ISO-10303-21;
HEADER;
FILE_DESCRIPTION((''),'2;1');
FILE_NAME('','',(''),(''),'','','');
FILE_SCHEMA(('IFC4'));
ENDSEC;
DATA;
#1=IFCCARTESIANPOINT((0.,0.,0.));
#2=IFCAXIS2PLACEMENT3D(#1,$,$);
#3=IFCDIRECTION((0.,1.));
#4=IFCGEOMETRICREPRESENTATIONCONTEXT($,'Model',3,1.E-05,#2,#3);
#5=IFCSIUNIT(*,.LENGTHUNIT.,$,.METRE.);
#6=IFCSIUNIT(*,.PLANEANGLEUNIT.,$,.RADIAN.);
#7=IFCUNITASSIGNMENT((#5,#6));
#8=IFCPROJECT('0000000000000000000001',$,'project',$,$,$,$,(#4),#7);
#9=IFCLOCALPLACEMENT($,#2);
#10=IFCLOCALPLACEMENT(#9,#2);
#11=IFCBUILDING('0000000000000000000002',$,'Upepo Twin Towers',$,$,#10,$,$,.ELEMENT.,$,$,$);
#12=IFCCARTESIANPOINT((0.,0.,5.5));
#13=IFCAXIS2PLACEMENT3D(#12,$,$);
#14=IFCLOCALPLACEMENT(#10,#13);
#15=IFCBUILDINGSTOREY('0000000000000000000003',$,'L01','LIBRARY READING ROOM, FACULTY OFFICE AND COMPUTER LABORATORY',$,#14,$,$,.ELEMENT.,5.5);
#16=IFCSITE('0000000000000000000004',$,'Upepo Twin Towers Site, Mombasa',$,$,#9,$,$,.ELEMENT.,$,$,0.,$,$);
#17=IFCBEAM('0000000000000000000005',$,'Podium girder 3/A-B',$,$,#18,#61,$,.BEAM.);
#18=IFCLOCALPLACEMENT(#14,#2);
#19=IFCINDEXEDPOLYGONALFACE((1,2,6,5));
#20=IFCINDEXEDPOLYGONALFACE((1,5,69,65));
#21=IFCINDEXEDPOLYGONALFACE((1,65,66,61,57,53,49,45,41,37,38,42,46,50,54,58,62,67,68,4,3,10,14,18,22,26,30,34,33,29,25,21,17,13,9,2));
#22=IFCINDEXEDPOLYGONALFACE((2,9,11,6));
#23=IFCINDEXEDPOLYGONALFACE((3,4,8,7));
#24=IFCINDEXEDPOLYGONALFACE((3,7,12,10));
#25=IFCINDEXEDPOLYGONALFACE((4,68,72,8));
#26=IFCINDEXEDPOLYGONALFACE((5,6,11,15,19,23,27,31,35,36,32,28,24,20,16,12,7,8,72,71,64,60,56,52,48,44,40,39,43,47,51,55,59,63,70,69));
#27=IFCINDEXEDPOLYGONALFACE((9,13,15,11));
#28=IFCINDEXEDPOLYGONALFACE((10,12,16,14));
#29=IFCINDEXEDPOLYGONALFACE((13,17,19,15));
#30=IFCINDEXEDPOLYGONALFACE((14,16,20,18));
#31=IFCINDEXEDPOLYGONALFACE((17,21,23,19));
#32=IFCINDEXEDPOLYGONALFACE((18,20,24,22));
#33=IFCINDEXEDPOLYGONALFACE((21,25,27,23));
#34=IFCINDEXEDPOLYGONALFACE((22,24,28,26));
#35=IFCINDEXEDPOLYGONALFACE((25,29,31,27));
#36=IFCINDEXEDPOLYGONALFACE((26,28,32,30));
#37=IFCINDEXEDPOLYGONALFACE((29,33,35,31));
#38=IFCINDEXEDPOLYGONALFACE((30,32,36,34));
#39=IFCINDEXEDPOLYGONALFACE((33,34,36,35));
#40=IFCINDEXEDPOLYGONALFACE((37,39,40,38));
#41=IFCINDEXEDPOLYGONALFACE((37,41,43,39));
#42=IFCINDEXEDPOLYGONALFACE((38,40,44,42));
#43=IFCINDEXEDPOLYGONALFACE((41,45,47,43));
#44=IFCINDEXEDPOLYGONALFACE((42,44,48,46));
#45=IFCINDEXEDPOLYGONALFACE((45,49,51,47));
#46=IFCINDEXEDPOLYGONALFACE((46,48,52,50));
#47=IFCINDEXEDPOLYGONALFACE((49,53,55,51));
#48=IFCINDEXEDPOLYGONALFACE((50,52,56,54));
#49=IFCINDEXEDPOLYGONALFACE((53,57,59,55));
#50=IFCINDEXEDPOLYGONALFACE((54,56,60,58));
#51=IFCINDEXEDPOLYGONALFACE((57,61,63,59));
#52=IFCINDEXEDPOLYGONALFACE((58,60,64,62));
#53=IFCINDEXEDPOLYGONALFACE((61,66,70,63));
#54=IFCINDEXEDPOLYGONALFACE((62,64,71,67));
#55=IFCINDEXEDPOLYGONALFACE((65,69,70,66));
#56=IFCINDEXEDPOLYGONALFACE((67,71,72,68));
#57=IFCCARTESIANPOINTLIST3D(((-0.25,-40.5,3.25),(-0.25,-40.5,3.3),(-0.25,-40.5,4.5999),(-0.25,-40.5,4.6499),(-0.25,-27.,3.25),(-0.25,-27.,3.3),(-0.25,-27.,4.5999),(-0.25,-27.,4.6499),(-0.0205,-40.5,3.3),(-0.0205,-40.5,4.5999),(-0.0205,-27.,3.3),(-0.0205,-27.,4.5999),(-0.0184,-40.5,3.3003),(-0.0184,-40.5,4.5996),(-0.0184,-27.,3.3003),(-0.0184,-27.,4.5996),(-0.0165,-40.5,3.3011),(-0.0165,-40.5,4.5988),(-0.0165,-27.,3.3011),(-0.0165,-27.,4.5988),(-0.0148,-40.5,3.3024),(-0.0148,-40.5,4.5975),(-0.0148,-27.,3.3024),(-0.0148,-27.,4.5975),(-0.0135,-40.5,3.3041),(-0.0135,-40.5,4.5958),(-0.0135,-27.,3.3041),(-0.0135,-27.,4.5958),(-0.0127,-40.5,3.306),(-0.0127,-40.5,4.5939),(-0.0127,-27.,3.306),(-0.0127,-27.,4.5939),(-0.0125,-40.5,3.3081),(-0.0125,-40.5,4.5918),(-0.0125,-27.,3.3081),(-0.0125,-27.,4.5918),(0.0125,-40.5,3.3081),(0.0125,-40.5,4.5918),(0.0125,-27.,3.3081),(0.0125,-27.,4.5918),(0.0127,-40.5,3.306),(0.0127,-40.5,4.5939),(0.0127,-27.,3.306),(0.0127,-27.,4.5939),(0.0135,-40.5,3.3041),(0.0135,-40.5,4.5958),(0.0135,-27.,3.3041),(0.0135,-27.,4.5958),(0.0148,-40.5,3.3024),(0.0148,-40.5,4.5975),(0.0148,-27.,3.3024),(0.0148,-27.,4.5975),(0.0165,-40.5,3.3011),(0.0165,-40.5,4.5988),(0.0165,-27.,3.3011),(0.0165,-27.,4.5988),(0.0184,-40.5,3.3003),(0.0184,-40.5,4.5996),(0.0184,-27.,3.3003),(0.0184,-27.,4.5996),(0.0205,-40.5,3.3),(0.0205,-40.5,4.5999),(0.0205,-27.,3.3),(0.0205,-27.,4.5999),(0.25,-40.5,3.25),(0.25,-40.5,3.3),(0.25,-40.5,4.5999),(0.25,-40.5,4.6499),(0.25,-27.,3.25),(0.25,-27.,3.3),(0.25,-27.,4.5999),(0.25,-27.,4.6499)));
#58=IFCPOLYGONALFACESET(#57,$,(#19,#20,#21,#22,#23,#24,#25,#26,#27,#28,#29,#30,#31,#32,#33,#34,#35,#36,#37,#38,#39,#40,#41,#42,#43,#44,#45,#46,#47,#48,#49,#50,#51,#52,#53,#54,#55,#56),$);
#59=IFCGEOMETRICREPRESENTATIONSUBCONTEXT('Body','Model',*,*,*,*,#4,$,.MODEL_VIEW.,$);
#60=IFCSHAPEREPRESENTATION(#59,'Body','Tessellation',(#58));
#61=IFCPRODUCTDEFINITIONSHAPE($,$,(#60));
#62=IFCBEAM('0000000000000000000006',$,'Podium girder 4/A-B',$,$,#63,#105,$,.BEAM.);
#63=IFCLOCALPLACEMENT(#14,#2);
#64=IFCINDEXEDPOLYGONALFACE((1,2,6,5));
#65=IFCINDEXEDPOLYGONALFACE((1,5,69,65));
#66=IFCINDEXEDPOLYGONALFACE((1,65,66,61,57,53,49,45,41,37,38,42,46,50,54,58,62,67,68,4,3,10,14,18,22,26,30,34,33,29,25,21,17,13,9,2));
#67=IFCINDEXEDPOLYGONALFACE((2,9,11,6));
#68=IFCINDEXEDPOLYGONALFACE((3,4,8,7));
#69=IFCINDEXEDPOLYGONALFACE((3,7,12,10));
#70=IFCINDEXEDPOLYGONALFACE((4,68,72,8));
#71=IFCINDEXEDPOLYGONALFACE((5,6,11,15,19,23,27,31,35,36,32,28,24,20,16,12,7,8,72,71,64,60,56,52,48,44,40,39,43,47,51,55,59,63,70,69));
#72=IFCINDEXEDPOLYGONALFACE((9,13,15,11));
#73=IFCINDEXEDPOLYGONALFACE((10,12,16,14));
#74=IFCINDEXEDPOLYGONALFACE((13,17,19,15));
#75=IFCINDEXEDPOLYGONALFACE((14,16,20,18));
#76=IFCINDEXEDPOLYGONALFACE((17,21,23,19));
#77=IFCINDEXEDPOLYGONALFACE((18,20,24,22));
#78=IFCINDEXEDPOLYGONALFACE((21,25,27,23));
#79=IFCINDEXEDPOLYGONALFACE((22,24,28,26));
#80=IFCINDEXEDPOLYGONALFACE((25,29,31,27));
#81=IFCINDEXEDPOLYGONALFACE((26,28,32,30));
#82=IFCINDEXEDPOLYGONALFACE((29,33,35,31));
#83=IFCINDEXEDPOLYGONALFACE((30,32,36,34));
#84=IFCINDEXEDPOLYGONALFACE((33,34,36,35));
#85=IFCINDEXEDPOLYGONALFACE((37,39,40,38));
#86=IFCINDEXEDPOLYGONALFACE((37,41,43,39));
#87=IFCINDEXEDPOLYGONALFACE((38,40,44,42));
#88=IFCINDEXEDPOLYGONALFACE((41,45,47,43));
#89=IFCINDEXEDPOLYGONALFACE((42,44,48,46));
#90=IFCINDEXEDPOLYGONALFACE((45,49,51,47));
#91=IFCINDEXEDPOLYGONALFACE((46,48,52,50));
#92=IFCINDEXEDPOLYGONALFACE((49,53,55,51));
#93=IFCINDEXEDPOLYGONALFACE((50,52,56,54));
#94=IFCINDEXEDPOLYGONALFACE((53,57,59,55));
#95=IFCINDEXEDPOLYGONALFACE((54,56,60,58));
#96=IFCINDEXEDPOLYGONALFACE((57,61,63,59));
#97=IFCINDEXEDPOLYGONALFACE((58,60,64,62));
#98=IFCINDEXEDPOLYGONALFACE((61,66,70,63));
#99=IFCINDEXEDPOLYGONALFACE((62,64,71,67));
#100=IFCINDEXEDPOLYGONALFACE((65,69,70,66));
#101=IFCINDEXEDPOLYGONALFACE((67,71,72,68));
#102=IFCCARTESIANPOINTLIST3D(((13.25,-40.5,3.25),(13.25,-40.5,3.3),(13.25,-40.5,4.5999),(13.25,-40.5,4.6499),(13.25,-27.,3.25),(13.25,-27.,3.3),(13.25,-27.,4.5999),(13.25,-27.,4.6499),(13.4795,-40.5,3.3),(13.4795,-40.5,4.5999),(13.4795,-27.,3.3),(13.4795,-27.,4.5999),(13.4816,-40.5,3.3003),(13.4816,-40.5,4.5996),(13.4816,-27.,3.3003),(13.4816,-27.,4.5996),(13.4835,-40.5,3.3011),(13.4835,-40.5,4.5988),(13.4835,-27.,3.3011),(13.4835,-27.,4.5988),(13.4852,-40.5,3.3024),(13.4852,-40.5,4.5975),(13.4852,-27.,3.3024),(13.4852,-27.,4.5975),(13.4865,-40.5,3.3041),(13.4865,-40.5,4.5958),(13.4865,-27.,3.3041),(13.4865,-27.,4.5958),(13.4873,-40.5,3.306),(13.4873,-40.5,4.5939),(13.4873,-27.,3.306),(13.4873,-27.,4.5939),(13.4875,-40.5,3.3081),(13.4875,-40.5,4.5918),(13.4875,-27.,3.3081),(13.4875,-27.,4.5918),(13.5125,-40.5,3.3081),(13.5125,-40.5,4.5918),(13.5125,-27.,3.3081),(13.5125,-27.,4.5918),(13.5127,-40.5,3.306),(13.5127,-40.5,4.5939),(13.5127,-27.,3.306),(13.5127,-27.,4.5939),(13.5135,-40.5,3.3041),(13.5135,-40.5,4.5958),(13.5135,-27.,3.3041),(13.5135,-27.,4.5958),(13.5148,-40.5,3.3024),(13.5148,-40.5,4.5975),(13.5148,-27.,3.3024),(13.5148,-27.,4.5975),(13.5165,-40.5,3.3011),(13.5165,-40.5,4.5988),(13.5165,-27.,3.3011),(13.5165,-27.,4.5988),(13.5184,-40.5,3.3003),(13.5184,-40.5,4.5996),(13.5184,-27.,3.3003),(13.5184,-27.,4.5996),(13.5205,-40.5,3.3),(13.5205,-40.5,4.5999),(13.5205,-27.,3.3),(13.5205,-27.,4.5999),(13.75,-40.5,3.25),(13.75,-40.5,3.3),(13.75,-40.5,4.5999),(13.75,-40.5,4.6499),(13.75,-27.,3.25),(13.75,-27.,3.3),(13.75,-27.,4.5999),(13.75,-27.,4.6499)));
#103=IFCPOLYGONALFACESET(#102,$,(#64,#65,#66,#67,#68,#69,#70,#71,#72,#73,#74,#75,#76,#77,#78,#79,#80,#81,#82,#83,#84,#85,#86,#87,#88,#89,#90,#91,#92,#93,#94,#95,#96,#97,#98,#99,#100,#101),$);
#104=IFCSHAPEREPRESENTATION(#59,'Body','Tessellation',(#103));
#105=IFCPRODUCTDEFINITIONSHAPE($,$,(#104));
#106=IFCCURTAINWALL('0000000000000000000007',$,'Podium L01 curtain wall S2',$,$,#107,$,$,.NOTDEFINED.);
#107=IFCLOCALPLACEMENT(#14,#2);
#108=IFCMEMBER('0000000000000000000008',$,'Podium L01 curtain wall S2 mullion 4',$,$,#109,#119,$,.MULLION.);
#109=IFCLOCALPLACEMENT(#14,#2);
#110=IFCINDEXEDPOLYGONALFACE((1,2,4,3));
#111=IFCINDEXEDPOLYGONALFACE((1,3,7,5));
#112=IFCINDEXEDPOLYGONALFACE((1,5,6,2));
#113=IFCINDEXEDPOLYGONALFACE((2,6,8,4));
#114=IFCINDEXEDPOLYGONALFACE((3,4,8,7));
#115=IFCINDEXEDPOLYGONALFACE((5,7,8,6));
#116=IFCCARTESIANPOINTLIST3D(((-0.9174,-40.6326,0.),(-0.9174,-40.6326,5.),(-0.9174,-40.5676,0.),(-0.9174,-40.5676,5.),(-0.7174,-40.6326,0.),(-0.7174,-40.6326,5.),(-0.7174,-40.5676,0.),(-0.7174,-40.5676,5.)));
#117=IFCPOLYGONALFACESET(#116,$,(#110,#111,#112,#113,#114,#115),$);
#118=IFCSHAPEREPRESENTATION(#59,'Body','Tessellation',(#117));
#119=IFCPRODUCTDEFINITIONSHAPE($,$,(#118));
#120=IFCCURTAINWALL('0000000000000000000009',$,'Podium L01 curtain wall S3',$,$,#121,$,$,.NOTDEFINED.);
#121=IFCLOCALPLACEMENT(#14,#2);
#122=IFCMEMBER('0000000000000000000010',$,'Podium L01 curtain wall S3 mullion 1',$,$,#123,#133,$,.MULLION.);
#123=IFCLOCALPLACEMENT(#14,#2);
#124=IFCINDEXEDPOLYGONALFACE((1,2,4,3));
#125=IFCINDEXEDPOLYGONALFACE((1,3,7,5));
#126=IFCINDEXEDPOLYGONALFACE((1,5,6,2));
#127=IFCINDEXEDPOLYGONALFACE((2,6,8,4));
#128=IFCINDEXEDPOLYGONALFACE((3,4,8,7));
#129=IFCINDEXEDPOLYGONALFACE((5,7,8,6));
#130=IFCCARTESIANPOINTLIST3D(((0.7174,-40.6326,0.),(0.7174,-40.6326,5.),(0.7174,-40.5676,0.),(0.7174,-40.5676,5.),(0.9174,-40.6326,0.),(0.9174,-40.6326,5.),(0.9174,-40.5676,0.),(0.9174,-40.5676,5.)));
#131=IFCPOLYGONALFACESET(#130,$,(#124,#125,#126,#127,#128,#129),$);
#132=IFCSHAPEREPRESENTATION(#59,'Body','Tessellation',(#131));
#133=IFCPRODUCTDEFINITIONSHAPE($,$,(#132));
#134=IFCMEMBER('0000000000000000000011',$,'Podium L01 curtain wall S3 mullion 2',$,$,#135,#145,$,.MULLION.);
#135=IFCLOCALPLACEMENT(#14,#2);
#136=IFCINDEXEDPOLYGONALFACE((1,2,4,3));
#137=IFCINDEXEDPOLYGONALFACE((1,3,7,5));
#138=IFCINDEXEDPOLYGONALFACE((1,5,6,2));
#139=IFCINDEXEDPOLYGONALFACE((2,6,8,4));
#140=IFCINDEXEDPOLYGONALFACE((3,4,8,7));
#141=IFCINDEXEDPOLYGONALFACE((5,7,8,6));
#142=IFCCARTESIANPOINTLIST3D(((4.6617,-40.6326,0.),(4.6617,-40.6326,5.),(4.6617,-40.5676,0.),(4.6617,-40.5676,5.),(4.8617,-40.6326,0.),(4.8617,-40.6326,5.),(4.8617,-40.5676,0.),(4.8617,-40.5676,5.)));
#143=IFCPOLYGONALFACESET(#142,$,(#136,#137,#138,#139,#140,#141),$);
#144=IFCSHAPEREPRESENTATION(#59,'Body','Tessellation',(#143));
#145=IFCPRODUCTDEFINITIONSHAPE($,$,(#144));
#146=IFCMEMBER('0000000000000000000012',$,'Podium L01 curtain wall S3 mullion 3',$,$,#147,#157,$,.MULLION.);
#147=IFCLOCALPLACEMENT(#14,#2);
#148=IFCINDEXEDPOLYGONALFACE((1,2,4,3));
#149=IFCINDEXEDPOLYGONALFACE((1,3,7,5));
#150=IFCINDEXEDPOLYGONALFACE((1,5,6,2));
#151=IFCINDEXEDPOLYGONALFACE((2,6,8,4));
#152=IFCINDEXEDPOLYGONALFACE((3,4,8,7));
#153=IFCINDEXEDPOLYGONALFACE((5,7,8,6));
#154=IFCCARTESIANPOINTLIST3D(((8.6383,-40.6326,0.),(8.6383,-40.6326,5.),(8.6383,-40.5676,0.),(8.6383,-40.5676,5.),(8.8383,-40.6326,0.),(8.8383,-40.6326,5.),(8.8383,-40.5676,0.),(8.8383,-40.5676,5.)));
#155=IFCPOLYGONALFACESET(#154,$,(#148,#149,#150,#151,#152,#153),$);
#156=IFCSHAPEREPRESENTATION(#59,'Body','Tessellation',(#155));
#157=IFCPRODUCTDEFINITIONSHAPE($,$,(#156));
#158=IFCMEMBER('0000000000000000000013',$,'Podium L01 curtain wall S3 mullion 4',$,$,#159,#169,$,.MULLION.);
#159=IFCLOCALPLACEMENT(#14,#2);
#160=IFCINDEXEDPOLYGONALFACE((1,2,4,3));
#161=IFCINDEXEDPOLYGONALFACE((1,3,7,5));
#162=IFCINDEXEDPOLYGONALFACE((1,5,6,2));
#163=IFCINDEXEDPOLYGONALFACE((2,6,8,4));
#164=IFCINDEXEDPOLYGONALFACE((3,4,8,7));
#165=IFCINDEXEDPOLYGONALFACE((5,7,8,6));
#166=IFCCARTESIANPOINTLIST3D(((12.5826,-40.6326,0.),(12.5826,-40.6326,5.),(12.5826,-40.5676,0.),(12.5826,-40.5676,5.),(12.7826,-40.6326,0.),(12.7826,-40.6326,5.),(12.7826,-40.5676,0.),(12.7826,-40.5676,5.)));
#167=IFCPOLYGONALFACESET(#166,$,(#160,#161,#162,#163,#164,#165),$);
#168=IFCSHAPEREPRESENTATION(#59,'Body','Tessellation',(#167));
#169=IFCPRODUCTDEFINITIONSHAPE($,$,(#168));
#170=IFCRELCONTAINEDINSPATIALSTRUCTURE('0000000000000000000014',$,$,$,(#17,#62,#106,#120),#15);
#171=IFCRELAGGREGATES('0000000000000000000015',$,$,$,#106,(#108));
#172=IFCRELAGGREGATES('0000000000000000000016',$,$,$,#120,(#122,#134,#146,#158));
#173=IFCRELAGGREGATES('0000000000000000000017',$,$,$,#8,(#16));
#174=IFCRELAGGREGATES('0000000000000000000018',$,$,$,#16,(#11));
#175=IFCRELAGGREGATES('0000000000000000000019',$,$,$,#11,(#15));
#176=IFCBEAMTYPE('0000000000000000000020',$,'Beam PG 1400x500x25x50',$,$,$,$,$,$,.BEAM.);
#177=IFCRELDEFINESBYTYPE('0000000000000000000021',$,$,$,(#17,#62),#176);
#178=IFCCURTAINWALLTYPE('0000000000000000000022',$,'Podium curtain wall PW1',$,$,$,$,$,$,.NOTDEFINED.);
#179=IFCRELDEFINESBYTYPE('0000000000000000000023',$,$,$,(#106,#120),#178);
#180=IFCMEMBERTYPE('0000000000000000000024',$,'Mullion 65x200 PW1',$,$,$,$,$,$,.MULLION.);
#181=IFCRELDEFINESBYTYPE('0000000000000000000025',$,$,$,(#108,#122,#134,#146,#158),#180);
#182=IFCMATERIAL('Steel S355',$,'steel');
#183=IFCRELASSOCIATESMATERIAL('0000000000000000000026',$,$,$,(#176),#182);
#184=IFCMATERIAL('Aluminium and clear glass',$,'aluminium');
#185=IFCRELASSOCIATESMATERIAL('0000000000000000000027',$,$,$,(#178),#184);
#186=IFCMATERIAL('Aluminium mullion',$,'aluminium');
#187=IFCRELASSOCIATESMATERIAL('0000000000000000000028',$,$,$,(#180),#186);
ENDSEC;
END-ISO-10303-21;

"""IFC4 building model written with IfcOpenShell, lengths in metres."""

from ifc_helpers import new_model, si_unit, direction, frame, origin, origin_2d, place, context, subcontext, project, spatial, rectangle, i_section, extrude, material, material_profile, profile_set, type_object, element, aggregate, save


model = new_model("IFC4")

# Units and contexts
model_context = context("Model", 3, precision=1e-05, world=origin(), true_north=direction((0.0, 1.0)))
body_context = subcontext(model_context, "Body", "Model", "MODEL_VIEW")
ifc_project = project(units=[si_unit("LENGTHUNIT", "METRE"), si_unit("PLANEANGLEUNIT", "RADIAN")], contexts=[model_context])

# Site, building, storey
site_placement = place(None, origin())
site = spatial("IfcSite", under=ifc_project, at=site_placement, Name="Upepo Twin Towers Site, Mombasa", CompositionType="ELEMENT", RefElevation=0.0)
building_placement = place(site_placement, origin())
building = spatial("IfcBuilding", under=site, at=building_placement, Name="Upepo Twin Towers", CompositionType="ELEMENT")
storey_placement = place(building_placement, frame((0.0, 0.0, 5.5)))
storey = spatial("IfcBuildingStorey", under=building, at=storey_placement, Name="L01", Description="LIBRARY READING ROOM, FACULTY OFFICE AND COMPUTER LABORATORY", CompositionType="ELEMENT", Elevation=5.5)

# Beams
ifc_material_1 = material(Name="Steel S355", Category="steel")
ifc_material_profile_1 = material_profile(ifc_material_1, i_section(OverallWidth=0.5, OverallDepth=1.3999, WebThickness=0.0249, FlangeThickness=0.05, FilletRadius=0.0081, at=origin_2d()), Name="PG 1400x500x25x50")
ifc_profile_set_1 = profile_set([ifc_material_profile_1], Name="Steel S355")
beam_type_1 = type_object("IfcBeamType", Name="Beam PG 1400x500x25x50", PredefinedType="BEAM", material=ifc_profile_set_1)
for number, where, z_axis, x_axis, name in (
    (1, (0.0, -40.5, 3.95), (0.0, 1.0, 0.0), (-1.0, 0.0, 0.0), "Podium girder 3/A-B"),
    (2, (13.5, -40.5, 3.95), (0.0, 1.0, 0.0), (-1.0, 0.0, 0.0), "Podium girder 4/A-B"),
):
    element("IfcBeam", number, at=place(storey_placement, frame(where, z_axis=z_axis, x_axis=x_axis)), inside=storey, type_object=beam_type_1, Name=name, PredefinedType="BEAM", context=body_context, shape_type="SweptSolid", body=[
        extrude(i_section(OverallWidth=0.5, OverallDepth=1.3999, WebThickness=0.0249, FlangeThickness=0.05, FilletRadius=0.0081, at=origin_2d()), origin(), (0.0, 0.0, 1.0), 13.5),
    ])

# Curtain wall, member
ifc_material_2 = material(Name="Aluminium and clear glass", Category="aluminium")
curtain_wall_type = type_object("IfcCurtainWallType", Name="Podium curtain wall PW1", PredefinedType="NOTDEFINED", material=ifc_material_2)
curtain_wall_1_placement = place(storey_placement, origin())
curtain_wall_1 = element("IfcCurtainWall", 3, at=curtain_wall_1_placement, inside=storey, type_object=curtain_wall_type, Name="Podium L01 curtain wall S2", PredefinedType="NOTDEFINED")
ifc_material_3 = material(Name="Aluminium mullion", Category="aluminium")
ifc_material_profile_2 = material_profile(ifc_material_3, rectangle(XDim=0.0649, YDim=0.2, at=origin_2d()), Name="MULLION 65x200 PODIUM")
ifc_profile_set_2 = profile_set([ifc_material_profile_2], Name="Aluminium mullion")
member_type_1 = type_object("IfcMemberType", Name="Mullion 65x200 PW1", PredefinedType="MULLION", material=ifc_profile_set_2)
member_1_placement = place(storey_placement, frame((-0.8174, -40.6001, 0.0), z_axis=(0.0, 0.0, 1.0), x_axis=(0.0, 1.0, 0.0)))
member_1 = element("IfcMember", 4, at=member_1_placement, type_object=member_type_1, Name="Podium L01 curtain wall S2 mullion 4", PredefinedType="MULLION", context=body_context, shape_type="SweptSolid", body=[
    extrude(rectangle(XDim=0.0649, YDim=0.2, at=origin_2d()), origin(), (0.0, 0.0, 1.0), 5.0),
])

# Curtain wall, members
curtain_wall_2_placement = place(storey_placement, origin())
curtain_wall_2 = element("IfcCurtainWall", 5, at=curtain_wall_2_placement, inside=storey, type_object=curtain_wall_type, Name="Podium L01 curtain wall S3", PredefinedType="NOTDEFINED")
member_2_placement = place(storey_placement, frame((0.8174, -40.6001, 0.0), z_axis=(0.0, 0.0, 1.0), x_axis=(0.0, 1.0, 0.0)))
member_2 = element("IfcMember", 6, at=member_2_placement, type_object=member_type_1, Name="Podium L01 curtain wall S3 mullion 1", PredefinedType="MULLION", context=body_context, shape_type="SweptSolid", body=[
    extrude(rectangle(XDim=0.0649, YDim=0.2, at=origin_2d()), origin(), (0.0, 0.0, 1.0), 5.0),
])
member_3_placement = place(storey_placement, frame((4.7617, -40.6001, 0.0), z_axis=(0.0, 0.0, 1.0), x_axis=(0.0, 1.0, 0.0)))
member_3 = element("IfcMember", 7, at=member_3_placement, type_object=member_type_1, Name="Podium L01 curtain wall S3 mullion 2", PredefinedType="MULLION", context=body_context, shape_type="SweptSolid", body=[
    extrude(rectangle(XDim=0.0649, YDim=0.2, at=origin_2d()), origin(), (0.0, 0.0, 1.0), 5.0),
])
member_4_placement = place(storey_placement, frame((8.7383, -40.6001, 0.0), z_axis=(0.0, 0.0, 1.0), x_axis=(0.0, 1.0, 0.0)))
member_4 = element("IfcMember", 8, at=member_4_placement, type_object=member_type_1, Name="Podium L01 curtain wall S3 mullion 3", PredefinedType="MULLION", context=body_context, shape_type="SweptSolid", body=[
    extrude(rectangle(XDim=0.0649, YDim=0.2, at=origin_2d()), origin(), (0.0, 0.0, 1.0), 5.0),
])
member_5_placement = place(storey_placement, frame((12.6826, -40.6001, 0.0), z_axis=(0.0, 0.0, 1.0), x_axis=(0.0, 1.0, 0.0)))
member_5 = element("IfcMember", 9, at=member_5_placement, type_object=member_type_1, Name="Podium L01 curtain wall S3 mullion 4", PredefinedType="MULLION", context=body_context, shape_type="SweptSolid", body=[
    extrude(rectangle(XDim=0.0649, YDim=0.2, at=origin_2d()), origin(), (0.0, 0.0, 1.0), 5.0),
])

aggregate(curtain_wall_1, [member_1])
aggregate(curtain_wall_2, [member_2, member_3, member_4, member_5])

save(model, "model.ifc")
